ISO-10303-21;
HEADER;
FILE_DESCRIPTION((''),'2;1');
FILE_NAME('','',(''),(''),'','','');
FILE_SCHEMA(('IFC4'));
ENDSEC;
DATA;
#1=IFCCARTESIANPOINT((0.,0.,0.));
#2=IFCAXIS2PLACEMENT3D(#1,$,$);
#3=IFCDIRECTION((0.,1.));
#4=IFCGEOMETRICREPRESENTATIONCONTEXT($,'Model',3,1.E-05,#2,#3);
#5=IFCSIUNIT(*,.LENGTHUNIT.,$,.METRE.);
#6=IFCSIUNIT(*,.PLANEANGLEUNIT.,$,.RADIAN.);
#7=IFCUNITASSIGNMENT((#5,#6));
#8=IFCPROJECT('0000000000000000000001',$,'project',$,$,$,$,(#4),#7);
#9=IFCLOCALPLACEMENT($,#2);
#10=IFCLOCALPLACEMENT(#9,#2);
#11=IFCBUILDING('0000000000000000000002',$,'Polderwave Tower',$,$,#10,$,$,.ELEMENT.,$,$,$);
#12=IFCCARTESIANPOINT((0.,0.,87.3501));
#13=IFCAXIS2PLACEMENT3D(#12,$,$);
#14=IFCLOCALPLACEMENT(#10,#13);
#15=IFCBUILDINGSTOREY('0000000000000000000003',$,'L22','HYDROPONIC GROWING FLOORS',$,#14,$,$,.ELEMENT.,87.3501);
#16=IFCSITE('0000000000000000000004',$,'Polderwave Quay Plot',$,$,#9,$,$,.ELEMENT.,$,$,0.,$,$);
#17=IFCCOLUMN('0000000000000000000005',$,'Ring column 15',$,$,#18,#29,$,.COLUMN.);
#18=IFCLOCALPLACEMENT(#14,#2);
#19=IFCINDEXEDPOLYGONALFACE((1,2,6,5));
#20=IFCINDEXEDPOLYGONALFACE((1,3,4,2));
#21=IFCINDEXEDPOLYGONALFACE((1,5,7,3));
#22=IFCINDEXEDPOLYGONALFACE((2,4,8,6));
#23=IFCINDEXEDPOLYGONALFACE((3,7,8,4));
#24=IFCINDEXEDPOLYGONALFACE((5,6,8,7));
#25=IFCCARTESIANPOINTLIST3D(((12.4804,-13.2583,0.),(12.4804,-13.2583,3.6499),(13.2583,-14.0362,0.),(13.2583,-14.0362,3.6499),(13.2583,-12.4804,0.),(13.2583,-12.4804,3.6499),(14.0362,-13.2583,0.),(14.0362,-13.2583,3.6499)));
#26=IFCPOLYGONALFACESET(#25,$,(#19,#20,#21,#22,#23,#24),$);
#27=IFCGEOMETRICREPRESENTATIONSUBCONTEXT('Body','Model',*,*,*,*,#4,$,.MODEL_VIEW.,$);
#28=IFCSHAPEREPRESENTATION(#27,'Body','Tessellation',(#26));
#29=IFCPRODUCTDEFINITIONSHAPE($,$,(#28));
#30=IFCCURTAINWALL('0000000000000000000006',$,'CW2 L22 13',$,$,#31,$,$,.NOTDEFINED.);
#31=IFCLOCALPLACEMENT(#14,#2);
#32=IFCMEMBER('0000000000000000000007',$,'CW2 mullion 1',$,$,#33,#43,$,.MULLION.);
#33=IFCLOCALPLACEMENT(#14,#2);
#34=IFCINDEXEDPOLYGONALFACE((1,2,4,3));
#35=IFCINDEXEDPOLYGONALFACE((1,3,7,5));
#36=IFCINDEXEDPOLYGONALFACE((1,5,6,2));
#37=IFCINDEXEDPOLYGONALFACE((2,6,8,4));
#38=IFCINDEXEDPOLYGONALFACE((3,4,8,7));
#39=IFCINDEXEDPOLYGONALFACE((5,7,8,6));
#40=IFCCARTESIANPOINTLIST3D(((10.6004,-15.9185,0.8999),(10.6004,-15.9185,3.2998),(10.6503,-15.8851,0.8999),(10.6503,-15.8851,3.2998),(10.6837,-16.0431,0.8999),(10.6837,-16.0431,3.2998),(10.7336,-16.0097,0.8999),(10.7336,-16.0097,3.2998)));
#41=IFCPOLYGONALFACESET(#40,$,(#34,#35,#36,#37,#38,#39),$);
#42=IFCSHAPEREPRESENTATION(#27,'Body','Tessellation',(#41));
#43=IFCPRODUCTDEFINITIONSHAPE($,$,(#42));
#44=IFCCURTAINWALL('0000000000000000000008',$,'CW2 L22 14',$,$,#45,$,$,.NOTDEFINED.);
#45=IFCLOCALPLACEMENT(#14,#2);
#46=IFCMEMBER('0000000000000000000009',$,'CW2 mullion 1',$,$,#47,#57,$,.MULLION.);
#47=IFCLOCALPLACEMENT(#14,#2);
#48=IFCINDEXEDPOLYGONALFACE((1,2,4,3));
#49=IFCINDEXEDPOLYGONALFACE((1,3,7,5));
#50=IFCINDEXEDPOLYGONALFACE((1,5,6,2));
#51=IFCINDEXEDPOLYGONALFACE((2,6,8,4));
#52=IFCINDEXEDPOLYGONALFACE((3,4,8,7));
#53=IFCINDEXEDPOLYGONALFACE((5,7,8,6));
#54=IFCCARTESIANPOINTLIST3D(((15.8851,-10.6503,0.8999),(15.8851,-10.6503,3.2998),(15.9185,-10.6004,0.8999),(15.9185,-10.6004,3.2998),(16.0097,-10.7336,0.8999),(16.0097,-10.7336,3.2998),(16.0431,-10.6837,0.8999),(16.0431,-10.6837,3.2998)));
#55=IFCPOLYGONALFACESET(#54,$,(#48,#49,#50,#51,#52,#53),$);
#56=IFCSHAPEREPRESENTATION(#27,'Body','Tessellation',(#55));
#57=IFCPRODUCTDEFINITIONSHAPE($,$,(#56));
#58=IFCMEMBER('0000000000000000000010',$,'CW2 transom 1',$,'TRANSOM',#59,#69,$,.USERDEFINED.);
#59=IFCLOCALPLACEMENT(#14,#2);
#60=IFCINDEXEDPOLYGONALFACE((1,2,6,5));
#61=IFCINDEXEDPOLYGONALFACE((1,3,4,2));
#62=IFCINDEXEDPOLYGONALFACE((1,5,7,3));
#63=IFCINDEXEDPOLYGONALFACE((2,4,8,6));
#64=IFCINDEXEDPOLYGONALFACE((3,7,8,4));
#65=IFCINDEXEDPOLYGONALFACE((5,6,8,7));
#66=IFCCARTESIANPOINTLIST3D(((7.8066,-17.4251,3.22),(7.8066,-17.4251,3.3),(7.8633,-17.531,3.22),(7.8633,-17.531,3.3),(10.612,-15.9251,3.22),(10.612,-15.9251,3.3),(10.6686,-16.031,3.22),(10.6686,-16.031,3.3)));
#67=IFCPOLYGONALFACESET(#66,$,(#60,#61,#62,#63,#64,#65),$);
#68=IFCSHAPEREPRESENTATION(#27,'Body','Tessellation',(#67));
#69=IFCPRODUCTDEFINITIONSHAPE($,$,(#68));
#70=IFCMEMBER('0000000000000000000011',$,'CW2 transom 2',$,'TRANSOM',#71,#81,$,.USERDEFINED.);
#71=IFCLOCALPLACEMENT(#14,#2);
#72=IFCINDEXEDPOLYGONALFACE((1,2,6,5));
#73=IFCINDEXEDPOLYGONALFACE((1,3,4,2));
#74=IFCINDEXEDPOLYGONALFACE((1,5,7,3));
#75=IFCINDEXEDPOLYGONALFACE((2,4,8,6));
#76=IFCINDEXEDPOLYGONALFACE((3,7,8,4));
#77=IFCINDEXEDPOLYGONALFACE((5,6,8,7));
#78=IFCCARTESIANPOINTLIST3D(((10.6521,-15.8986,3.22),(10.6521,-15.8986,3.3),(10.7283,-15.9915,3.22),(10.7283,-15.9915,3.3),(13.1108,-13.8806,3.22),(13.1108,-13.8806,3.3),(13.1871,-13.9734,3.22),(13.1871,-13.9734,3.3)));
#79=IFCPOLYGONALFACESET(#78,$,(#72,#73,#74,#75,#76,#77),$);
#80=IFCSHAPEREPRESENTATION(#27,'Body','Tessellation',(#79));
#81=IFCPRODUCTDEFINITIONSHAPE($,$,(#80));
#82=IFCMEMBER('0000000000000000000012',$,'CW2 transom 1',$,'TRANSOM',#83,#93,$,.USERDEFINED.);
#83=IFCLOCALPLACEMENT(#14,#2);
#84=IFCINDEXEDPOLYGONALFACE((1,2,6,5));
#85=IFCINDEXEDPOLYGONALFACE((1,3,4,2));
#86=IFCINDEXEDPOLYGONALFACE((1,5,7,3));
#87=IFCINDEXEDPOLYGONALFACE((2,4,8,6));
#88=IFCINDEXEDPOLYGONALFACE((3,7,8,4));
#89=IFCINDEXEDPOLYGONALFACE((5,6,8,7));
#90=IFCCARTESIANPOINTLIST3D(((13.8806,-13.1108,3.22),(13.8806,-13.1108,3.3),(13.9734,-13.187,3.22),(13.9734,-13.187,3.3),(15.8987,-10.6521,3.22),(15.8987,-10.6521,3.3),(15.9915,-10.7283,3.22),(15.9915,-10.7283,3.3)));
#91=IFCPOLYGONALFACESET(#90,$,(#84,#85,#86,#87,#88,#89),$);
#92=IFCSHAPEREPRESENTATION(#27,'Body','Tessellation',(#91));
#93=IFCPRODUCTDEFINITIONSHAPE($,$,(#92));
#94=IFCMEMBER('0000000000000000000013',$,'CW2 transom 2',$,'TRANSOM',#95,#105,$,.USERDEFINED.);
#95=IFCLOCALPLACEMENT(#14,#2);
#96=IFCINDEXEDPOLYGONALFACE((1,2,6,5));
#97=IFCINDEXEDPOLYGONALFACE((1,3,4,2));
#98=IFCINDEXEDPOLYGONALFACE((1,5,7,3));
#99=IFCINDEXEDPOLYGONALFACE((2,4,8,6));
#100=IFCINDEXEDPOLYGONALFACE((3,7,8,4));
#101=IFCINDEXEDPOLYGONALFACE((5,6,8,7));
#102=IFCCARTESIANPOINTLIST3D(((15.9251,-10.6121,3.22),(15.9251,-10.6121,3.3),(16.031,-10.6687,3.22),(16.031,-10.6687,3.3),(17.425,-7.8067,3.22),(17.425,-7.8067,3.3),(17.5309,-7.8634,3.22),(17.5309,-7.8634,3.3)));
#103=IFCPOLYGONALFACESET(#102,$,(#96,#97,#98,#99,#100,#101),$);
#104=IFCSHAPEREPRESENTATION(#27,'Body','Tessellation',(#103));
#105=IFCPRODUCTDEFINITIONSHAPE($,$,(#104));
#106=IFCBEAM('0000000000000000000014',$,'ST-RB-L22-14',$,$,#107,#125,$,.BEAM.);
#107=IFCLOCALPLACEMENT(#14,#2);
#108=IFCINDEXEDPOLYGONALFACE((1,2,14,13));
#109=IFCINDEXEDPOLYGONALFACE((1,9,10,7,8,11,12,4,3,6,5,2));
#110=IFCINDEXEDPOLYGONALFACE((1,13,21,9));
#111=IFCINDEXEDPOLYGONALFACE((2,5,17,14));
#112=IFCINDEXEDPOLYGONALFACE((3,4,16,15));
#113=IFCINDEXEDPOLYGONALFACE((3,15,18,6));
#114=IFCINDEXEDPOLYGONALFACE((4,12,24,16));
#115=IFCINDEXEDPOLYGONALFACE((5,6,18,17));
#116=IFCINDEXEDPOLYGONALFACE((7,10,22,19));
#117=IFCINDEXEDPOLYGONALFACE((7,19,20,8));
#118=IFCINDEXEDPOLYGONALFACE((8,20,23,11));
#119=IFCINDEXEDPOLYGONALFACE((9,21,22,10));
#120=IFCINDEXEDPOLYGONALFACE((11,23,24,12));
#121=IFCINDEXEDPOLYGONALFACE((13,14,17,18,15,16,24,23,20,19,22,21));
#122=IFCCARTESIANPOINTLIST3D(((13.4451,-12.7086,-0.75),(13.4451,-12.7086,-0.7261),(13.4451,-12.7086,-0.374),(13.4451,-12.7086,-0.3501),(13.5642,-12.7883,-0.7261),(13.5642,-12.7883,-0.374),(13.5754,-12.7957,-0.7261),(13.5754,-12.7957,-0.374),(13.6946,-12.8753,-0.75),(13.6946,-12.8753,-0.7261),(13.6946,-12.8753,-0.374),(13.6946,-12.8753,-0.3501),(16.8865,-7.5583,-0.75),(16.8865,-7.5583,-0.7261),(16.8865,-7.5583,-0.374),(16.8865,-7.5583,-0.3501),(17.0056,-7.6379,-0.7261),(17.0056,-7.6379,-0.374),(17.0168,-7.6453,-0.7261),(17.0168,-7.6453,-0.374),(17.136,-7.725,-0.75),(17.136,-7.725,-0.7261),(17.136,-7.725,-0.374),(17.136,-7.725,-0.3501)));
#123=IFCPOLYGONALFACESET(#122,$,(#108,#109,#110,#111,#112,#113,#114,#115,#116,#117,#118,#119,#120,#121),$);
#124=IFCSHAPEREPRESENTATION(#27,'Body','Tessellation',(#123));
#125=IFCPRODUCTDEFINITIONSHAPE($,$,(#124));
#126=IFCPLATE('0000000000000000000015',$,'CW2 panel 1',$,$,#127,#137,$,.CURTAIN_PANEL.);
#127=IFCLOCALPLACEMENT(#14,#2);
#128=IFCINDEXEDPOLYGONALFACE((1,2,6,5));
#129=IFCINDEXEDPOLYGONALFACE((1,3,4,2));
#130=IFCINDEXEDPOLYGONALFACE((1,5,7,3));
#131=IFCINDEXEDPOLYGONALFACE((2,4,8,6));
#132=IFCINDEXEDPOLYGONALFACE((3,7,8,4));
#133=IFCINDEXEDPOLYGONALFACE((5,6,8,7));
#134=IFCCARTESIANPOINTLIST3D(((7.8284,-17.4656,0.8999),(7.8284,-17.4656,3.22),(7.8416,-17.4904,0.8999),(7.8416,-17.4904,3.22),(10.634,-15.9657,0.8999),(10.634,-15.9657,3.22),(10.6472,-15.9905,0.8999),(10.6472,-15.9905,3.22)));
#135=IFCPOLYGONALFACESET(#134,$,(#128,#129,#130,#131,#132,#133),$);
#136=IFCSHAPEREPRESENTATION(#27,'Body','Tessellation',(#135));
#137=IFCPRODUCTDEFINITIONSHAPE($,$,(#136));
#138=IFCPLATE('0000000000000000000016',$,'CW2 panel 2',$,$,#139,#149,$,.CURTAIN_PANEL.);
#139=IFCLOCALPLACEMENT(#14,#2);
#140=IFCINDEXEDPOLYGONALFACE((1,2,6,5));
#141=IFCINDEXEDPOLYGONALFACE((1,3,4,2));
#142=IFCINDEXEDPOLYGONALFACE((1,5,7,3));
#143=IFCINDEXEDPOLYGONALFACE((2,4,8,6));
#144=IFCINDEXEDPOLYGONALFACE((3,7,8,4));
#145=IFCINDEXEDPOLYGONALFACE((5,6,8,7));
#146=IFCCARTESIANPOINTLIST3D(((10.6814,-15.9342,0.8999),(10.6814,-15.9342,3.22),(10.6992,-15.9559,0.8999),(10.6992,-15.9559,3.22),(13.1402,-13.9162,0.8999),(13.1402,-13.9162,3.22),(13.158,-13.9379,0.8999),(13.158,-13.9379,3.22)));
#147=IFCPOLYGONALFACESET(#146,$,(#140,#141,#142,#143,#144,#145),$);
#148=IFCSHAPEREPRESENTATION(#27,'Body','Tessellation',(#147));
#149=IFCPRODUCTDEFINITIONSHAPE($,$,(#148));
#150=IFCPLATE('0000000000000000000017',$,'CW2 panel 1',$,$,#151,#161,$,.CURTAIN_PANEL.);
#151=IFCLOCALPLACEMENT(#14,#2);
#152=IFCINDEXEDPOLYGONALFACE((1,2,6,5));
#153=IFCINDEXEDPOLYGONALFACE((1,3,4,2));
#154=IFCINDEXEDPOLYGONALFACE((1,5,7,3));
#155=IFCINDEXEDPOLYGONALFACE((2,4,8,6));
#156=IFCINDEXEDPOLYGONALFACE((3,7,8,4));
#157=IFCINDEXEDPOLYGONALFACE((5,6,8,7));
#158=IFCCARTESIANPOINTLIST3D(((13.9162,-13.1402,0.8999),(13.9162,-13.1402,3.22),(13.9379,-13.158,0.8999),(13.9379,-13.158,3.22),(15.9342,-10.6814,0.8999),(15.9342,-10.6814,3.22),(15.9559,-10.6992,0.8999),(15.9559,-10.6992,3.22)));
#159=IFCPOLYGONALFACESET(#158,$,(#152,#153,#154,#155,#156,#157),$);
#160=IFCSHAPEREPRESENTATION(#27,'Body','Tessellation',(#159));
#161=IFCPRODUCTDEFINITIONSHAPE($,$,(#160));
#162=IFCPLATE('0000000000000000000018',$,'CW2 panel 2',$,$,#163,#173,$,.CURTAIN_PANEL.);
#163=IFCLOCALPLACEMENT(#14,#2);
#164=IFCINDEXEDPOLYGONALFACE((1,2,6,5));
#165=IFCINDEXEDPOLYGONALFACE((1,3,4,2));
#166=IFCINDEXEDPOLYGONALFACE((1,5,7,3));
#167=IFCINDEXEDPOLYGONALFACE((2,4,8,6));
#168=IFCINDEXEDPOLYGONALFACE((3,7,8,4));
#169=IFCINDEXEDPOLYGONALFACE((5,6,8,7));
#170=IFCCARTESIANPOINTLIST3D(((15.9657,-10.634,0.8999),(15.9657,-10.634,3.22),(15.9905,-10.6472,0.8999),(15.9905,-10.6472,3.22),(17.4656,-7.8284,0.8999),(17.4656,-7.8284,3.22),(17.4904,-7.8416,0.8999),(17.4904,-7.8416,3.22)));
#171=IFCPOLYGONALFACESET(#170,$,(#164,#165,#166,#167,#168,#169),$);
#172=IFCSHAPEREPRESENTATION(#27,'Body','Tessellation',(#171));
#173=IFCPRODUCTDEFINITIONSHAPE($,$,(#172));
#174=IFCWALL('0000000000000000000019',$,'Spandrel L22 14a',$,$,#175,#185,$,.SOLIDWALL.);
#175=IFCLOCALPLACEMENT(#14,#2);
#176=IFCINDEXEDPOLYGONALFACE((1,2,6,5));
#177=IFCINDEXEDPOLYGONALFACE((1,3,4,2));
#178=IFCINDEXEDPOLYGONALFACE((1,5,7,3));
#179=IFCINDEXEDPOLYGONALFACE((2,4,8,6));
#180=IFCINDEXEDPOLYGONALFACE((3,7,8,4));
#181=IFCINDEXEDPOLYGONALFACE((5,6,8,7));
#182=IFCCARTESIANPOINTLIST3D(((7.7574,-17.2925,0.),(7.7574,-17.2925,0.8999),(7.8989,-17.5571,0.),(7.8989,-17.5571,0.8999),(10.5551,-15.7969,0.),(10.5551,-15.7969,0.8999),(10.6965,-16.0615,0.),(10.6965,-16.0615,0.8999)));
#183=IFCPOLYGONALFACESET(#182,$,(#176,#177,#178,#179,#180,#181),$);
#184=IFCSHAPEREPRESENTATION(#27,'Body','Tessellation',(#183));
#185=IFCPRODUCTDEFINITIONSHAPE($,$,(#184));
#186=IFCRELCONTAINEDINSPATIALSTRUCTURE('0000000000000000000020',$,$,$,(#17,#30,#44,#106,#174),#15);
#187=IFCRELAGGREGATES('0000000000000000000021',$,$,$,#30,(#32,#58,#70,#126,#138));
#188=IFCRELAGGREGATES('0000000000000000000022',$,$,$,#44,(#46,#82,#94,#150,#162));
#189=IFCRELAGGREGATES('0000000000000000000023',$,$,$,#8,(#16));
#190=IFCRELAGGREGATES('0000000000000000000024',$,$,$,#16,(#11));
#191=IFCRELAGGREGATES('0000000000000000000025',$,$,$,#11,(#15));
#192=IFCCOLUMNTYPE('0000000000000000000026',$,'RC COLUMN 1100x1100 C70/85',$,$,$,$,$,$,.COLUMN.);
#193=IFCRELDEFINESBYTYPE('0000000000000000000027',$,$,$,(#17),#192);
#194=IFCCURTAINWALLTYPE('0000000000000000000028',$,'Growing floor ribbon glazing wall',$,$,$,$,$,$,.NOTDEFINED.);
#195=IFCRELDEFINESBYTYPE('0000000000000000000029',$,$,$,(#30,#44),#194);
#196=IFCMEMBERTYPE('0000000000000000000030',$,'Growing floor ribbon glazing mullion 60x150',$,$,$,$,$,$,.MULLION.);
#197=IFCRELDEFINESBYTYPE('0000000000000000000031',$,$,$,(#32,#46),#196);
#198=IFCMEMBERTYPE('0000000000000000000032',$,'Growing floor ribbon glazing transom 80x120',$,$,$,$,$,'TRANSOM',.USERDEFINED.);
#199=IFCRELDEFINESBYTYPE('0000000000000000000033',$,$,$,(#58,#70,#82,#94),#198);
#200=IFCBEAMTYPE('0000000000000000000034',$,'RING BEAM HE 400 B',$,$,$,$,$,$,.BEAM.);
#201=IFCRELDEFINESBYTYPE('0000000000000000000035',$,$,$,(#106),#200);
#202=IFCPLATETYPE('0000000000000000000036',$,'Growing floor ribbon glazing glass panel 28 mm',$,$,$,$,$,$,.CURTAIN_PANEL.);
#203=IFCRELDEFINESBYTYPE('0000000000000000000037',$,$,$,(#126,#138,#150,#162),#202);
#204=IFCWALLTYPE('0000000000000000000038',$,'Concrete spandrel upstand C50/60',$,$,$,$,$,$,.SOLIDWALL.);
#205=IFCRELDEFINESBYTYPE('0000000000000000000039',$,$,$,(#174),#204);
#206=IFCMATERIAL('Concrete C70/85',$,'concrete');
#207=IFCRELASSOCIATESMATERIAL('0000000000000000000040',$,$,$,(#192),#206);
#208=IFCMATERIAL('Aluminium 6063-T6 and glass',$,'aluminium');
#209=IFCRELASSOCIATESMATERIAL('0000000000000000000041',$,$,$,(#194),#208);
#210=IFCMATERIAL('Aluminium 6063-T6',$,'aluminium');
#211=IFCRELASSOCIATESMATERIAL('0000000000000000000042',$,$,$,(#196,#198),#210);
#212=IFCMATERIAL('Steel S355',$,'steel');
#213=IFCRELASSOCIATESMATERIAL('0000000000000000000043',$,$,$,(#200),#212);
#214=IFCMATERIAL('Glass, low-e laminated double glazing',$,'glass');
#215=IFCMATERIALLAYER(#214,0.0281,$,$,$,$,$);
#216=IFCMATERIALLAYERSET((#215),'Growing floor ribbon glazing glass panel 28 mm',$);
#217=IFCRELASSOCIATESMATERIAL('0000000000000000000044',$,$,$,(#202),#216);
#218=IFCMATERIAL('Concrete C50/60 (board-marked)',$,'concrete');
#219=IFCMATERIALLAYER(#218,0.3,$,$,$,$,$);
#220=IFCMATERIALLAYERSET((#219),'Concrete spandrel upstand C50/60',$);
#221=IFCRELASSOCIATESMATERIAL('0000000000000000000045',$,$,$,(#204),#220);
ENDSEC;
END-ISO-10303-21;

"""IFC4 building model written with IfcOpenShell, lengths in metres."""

from ifc_helpers import new_model, si_unit, direction, frame, frame_2d, origin, origin_2d, place, context, subcontext, project, spatial, rectangle, i_section, extrude, material, layer, layer_set, material_profile, profile_set, type_object, element, aggregate, save


model = new_model("IFC4")

# Units and contexts
model_context = context("Model", 3, precision=1e-05, world=origin(), true_north=direction((0.0, 1.0)))
body_context = subcontext(model_context, "Body", "Model", "MODEL_VIEW")
ifc_project = project(units=[si_unit("LENGTHUNIT", "METRE"), si_unit("PLANEANGLEUNIT", "RADIAN")], contexts=[model_context])

# Site, building, storey
site_placement = place(None, origin())
site = spatial("IfcSite", under=ifc_project, at=site_placement, Name="Polderwave Quay Plot", CompositionType="ELEMENT", RefElevation=0.0)
building_placement = place(site_placement, origin())
building = spatial("IfcBuilding", under=site, at=building_placement, Name="Polderwave Tower", CompositionType="ELEMENT")
storey_placement = place(building_placement, frame((0.0, 0.0, 87.3501)))
storey = spatial("IfcBuildingStorey", under=building, at=storey_placement, Name="L22", Description="HYDROPONIC GROWING FLOORS", CompositionType="ELEMENT", Elevation=87.3501)

# Column
ifc_material_1 = material(Name="Concrete C70/85", Category="concrete")
ifc_material_profile_1 = material_profile(ifc_material_1, rectangle(XDim=1.1001, YDim=1.1001, at=origin_2d()), Name="RC 1100x1100")
ifc_profile_set_1 = profile_set([ifc_material_profile_1], Name="Concrete C70/85")
column_type = type_object("IfcColumnType", Name="RC COLUMN 1100x1100 C70/85", PredefinedType="COLUMN", material=ifc_profile_set_1)
column_placement = place(storey_placement, frame((13.2583, -13.2583, 0.0), z_axis=(0.0, 0.0, 1.0), x_axis=(0.707107, -0.707107, 0.0)))
element("IfcColumn", 1, at=column_placement, inside=storey, type_object=column_type, Name="Ring column 15", PredefinedType="COLUMN", context=body_context, shape_type="SweptSolid", body=[
    extrude(rectangle(XDim=1.1001, YDim=1.1001, at=origin_2d()), origin(), (0.0, 0.0, 1.0), 3.6499),
])

# Curtain walls, members
ifc_material_2 = material(Name="Aluminium 6063-T6 and glass", Category="aluminium")
curtain_wall_type = type_object("IfcCurtainWallType", Name="Growing floor ribbon glazing wall", PredefinedType="NOTDEFINED", material=ifc_material_2)
curtain_wall_1_placement = place(storey_placement, origin())
curtain_wall_1 = element("IfcCurtainWall", 2, at=curtain_wall_1_placement, inside=storey, type_object=curtain_wall_type, Name="CW2 L22 13", PredefinedType="NOTDEFINED")
ifc_material_3 = material(Name="Aluminium 6063-T6", Category="aluminium")
ifc_material_profile_2 = material_profile(ifc_material_3, rectangle(XDim=0.1499, YDim=0.0601, at=origin_2d()), Name="AL 60x150")
ifc_profile_set_2 = profile_set([ifc_material_profile_2], Name="Aluminium 6063-T6")
member_type_1 = type_object("IfcMemberType", Name="Growing floor ribbon glazing mullion 60x150", PredefinedType="MULLION", material=ifc_profile_set_2)
member_1_placement = place(storey_placement, frame((10.667, -15.9641, 0.8999), z_axis=(0.0, 0.0, 1.0), x_axis=(-0.555608, 0.831444, 0.0)))
member_1 = element("IfcMember", 3, at=member_1_placement, type_object=member_type_1, Name="CW2 mullion 1", PredefinedType="MULLION", context=body_context, shape_type="SweptSolid", body=[
    extrude(rectangle(XDim=0.1499, YDim=0.0601, at=origin_2d()), origin(), (0.0, 0.0, 1.0), 2.3999),
])
curtain_wall_2_placement = place(storey_placement, origin())
curtain_wall_2 = element("IfcCurtainWall", 4, at=curtain_wall_2_placement, inside=storey, type_object=curtain_wall_type, Name="CW2 L22 14", PredefinedType="NOTDEFINED")
member_2_placement = place(storey_placement, frame((15.9641, -10.667, 0.8999), z_axis=(0.0, 0.0, 1.0), x_axis=(-0.831444, 0.555608, 0.0)))
member_2 = element("IfcMember", 5, at=member_2_placement, type_object=member_type_1, Name="CW2 mullion 1", PredefinedType="MULLION", context=body_context, shape_type="SweptSolid", body=[
    extrude(rectangle(XDim=0.1499, YDim=0.0601, at=origin_2d()), origin(), (0.0, 0.0, 1.0), 2.3999),
])

# Members
ifc_material_profile_3 = material_profile(ifc_material_3, rectangle(XDim=0.1201, YDim=0.0801, at=origin_2d()), Name="AL 80x120")
ifc_profile_set_3 = profile_set([ifc_material_profile_3], Name="Aluminium 6063-T6")
member_type_2 = type_object("IfcMemberType", Name="Growing floor ribbon glazing transom 80x120", ElementType="TRANSOM", PredefinedType="USERDEFINED", material=ifc_profile_set_3)
member_3_placement = place(storey_placement, frame((7.835, -17.478, 3.26), z_axis=(0.88186, 0.471512, 0.0), x_axis=(-0.471512, 0.88186, 0.0)))
member_3 = element("IfcMember", 6, at=member_3_placement, type_object=member_type_2, Name="CW2 transom 1", ObjectType="TRANSOM", PredefinedType="USERDEFINED", context=body_context, shape_type="SweptSolid", body=[
    extrude(rectangle(XDim=0.1201, YDim=0.0801, at=origin_2d()), origin(), (0.0, 0.0, 1.0), 3.1812),
])
member_4_placement = place(storey_placement, frame((10.6902, -15.9451, 3.26), z_axis=(0.772975, 0.634437, 0.0), x_axis=(-0.634437, 0.772975, 0.0)))
member_4 = element("IfcMember", 7, at=member_4_placement, type_object=member_type_2, Name="CW2 transom 2", ObjectType="TRANSOM", PredefinedType="USERDEFINED", context=body_context, shape_type="SweptSolid", body=[
    extrude(rectangle(XDim=0.1201, YDim=0.0801, at=origin_2d()), origin(), (0.0, 0.0, 1.0), 3.1809),
])
member_5_placement = place(storey_placement, frame((13.927, -13.1489, 3.26), z_axis=(0.634437, 0.772975, 0.0), x_axis=(-0.772975, 0.634437, 0.0)))
member_5 = element("IfcMember", 8, at=member_5_placement, type_object=member_type_2, Name="CW2 transom 1", ObjectType="TRANSOM", PredefinedType="USERDEFINED", context=body_context, shape_type="SweptSolid", body=[
    extrude(rectangle(XDim=0.1201, YDim=0.0801, at=origin_2d()), origin(), (0.0, 0.0, 1.0), 3.1809),
])
member_6_placement = place(storey_placement, frame((15.978, -10.6404, 3.26), z_axis=(0.471512, 0.88186, 0.0), x_axis=(-0.88186, 0.471512, 0.0)))
member_6 = element("IfcMember", 9, at=member_6_placement, type_object=member_type_2, Name="CW2 transom 2", ObjectType="TRANSOM", PredefinedType="USERDEFINED", context=body_context, shape_type="SweptSolid", body=[
    extrude(rectangle(XDim=0.1201, YDim=0.0801, at=origin_2d()), origin(), (0.0, 0.0, 1.0), 3.1812),
])

# Beam
ifc_material_4 = material(Name="Steel S355", Category="steel")
ifc_material_profile_4 = material_profile(ifc_material_4, i_section(OverallWidth=0.3, OverallDepth=0.3999, WebThickness=0.0134, FlangeThickness=0.0239, at=origin_2d()), Name="HE 400 B")
ifc_profile_set_4 = profile_set([ifc_material_profile_4], Name="Steel S355")
beam_type = type_object("IfcBeamType", Name="RING BEAM HE 400 B", PredefinedType="BEAM", material=ifc_profile_set_4)
beam_placement = place(storey_placement, frame((13.5698, -12.792, -0.55), z_axis=(0.555573, 0.831468, 0.0), x_axis=(-0.831468, 0.555573, 0.0)))
element("IfcBeam", 10, at=beam_placement, inside=storey, type_object=beam_type, Name="ST-RB-L22-14", PredefinedType="BEAM", context=body_context, shape_type="SweptSolid", body=[
    extrude(i_section(OverallWidth=0.3, OverallDepth=0.3999, WebThickness=0.0134, FlangeThickness=0.0239, at=origin_2d()), origin(), (0.0, 0.0, 1.0), 6.1943),
])

# Plates
ifc_material_5 = material(Name="Glass, low-e laminated double glazing", Category="glass")
ifc_layer_1 = layer(ifc_material_5, 0.0281)
ifc_layer_set_1 = layer_set([ifc_layer_1], Name="Growing floor ribbon glazing glass panel 28 mm")
plate_type = type_object("IfcPlateType", Name="Growing floor ribbon glazing glass panel 28 mm", PredefinedType="CURTAIN_PANEL", material=ifc_layer_set_1)
plate_1_placement = place(storey_placement, frame((9.2378, -16.728, 0.8999), z_axis=(0.0, 0.0, 1.0), x_axis=(0.881887, 0.471461, 0.0)))
plate_1 = element("IfcPlate", 11, at=plate_1_placement, type_object=plate_type, Name="CW2 panel 1", PredefinedType="CURTAIN_PANEL", context=body_context, shape_type="SweptSolid", body=[
    extrude(rectangle(XDim=3.1814, YDim=0.0281, at=origin_2d()), origin(), (0.0, 0.0, 1.0), 2.3201),
])
plate_2_placement = place(storey_placement, frame((11.9197, -14.936, 0.8999), z_axis=(0.0, 0.0, 1.0), x_axis=(0.772999, 0.634407, 0.0)))
plate_2 = element("IfcPlate", 12, at=plate_2_placement, type_object=plate_type, Name="CW2 panel 2", PredefinedType="CURTAIN_PANEL", context=body_context, shape_type="SweptSolid", body=[
    extrude(rectangle(XDim=3.1809, YDim=0.0281, at=origin_2d()), origin(), (0.0, 0.0, 1.0), 2.3201),
])
aggregate(curtain_wall_1, [member_1, member_3, member_4, plate_1, plate_2])
plate_3_placement = place(storey_placement, frame((14.936, -11.9197, 0.8999), z_axis=(0.0, 0.0, 1.0), x_axis=(0.634407, 0.772999, 0.0)))
plate_3 = element("IfcPlate", 13, at=plate_3_placement, type_object=plate_type, Name="CW2 panel 1", PredefinedType="CURTAIN_PANEL", context=body_context, shape_type="SweptSolid", body=[
    extrude(rectangle(XDim=3.1809, YDim=0.0281, at=origin_2d()), origin(), (0.0, 0.0, 1.0), 2.3201),
])
plate_4_placement = place(storey_placement, frame((16.728, -9.2378, 0.8999), z_axis=(0.0, 0.0, 1.0), x_axis=(0.471461, 0.881887, 0.0)))
plate_4 = element("IfcPlate", 14, at=plate_4_placement, type_object=plate_type, Name="CW2 panel 2", PredefinedType="CURTAIN_PANEL", context=body_context, shape_type="SweptSolid", body=[
    extrude(rectangle(XDim=3.1814, YDim=0.0281, at=origin_2d()), origin(), (0.0, 0.0, 1.0), 2.3201),
])
aggregate(curtain_wall_2, [member_2, member_5, member_6, plate_3, plate_4])

# Wall
ifc_material_6 = material(Name="Concrete C50/60 (board-marked)", Category="concrete")
ifc_layer_2 = layer(ifc_material_6, 0.3)
ifc_layer_set_2 = layer_set([ifc_layer_2], Name="Concrete spandrel upstand C50/60")
wall_type_1 = type_object("IfcWallType", Name="Concrete spandrel upstand C50/60", PredefinedType="SOLIDWALL", material=ifc_layer_set_2)
wall_1_placement = place(storey_placement, frame((7.8281, -17.4248, 0.0), z_axis=(0.0, 0.0, 1.0), x_axis=(0.881888, 0.471459, 0.0)))
element("IfcWall", 15, at=wall_1_placement, inside=storey, type_object=wall_type_1, Name="Spandrel L22 14a", PredefinedType="SOLIDWALL", context=body_context, shape_type="SweptSolid", body=[
    extrude(rectangle(XDim=3.1724, YDim=0.3, at=frame_2d((1.5862, 0.0))), origin(), (0.0, 0.0, 1.0), 0.8999),
])

save(model, "model.ifc")
